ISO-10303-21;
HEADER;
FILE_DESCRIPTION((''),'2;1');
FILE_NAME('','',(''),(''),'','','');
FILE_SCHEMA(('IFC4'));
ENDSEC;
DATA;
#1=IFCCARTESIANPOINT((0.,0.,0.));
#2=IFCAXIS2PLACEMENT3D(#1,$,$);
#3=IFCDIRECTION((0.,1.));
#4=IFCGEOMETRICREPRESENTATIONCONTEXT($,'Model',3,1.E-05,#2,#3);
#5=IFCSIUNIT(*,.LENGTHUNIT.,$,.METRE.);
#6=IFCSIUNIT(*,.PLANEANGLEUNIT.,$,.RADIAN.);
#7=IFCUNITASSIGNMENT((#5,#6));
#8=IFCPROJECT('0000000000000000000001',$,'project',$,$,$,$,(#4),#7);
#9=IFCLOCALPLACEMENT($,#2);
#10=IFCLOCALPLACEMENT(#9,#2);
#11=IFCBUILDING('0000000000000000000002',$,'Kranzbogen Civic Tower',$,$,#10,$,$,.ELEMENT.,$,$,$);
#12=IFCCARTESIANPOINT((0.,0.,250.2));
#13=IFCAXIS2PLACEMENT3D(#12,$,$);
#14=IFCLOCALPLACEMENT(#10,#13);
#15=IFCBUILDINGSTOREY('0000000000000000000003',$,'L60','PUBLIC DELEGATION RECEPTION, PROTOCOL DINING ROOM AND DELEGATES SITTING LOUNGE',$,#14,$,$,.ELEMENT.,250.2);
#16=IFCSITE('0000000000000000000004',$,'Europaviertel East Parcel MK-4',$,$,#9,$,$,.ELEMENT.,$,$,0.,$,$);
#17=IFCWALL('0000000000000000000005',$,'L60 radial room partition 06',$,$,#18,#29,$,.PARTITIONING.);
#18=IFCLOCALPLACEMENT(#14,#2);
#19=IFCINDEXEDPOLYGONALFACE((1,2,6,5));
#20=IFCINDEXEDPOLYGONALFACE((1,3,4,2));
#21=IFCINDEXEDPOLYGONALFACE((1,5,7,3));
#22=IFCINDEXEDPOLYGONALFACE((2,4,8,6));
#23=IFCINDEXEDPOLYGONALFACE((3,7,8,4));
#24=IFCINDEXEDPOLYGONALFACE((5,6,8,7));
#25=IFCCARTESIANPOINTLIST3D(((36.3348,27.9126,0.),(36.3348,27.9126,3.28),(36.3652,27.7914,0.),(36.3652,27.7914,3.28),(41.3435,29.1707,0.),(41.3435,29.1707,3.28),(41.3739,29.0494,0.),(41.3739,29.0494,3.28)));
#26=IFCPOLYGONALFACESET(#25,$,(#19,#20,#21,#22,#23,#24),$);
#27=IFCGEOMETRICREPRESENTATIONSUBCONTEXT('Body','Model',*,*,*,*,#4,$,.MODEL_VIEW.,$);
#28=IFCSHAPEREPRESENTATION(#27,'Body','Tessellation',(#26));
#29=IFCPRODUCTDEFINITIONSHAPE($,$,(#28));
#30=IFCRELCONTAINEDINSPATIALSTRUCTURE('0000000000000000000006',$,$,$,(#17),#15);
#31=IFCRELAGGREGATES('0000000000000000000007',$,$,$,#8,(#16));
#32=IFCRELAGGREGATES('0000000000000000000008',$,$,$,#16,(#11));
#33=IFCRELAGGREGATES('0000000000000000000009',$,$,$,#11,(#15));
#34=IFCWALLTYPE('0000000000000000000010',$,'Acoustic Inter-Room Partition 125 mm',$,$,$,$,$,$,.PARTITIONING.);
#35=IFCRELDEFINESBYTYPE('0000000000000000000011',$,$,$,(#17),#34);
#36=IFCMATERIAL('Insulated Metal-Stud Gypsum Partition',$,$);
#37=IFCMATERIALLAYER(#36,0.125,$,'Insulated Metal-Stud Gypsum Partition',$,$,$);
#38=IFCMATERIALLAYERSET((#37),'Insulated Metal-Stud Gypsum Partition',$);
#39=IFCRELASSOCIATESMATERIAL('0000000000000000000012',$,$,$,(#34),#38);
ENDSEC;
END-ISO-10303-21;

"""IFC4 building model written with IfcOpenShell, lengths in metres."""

from ifc_helpers import new_model, si_unit, direction, frame, frame_2d, origin, place, context, subcontext, project, spatial, rectangle, extrude, material, layer, layer_set, type_object, element, save


model = new_model("IFC4")

# Units and contexts
model_context = context("Model", 3, precision=1e-05, world=origin(), true_north=direction((0.0, 1.0)))
body_context = subcontext(model_context, "Body", "Model", "MODEL_VIEW")
ifc_project = project(units=[si_unit("LENGTHUNIT", "METRE"), si_unit("PLANEANGLEUNIT", "RADIAN")], contexts=[model_context])

# Site, building, storey
site_placement = place(None, origin())
site = spatial("IfcSite", under=ifc_project, at=site_placement, Name="Europaviertel East Parcel MK-4", CompositionType="ELEMENT", RefElevation=0.0)
building_placement = place(site_placement, origin())
building = spatial("IfcBuilding", under=site, at=building_placement, Name="Kranzbogen Civic Tower", CompositionType="ELEMENT")
storey_placement = place(building_placement, frame((0.0, 0.0, 250.2)))
storey = spatial("IfcBuildingStorey", under=building, at=storey_placement, Name="L60", Description="PUBLIC DELEGATION RECEPTION, PROTOCOL DINING ROOM AND DELEGATES SITTING LOUNGE", CompositionType="ELEMENT", Elevation=250.2)

# Wall
ifc_material_1 = material(Name="Insulated Metal-Stud Gypsum Partition")
ifc_layer_1 = layer(ifc_material_1, 0.125, Name="Insulated Metal-Stud Gypsum Partition")
ifc_layer_set_1 = layer_set([ifc_layer_1], Name="Insulated Metal-Stud Gypsum Partition")
wall_type_1 = type_object("IfcWallType", Name="Acoustic Inter-Room Partition 125 mm", PredefinedType="PARTITIONING", material=ifc_layer_set_1)
wall_1_placement = place(storey_placement, frame((36.3501, 27.8521, 0.0), z_axis=(0.0, 0.0, 1.0), x_axis=(0.969875, 0.243603, 0.0)))
element("IfcWall", 1, at=wall_1_placement, inside=storey, type_object=wall_type_1, Name="L60 radial room partition 06", PredefinedType="PARTITIONING", context=body_context, shape_type="SweptSolid", body=[
    extrude(rectangle(XDim=5.1643, YDim=0.125, at=frame_2d((2.582, 0.0))), origin(), (0.0, 0.0, 1.0), 3.28),
])

save(model, "model.ifc")
